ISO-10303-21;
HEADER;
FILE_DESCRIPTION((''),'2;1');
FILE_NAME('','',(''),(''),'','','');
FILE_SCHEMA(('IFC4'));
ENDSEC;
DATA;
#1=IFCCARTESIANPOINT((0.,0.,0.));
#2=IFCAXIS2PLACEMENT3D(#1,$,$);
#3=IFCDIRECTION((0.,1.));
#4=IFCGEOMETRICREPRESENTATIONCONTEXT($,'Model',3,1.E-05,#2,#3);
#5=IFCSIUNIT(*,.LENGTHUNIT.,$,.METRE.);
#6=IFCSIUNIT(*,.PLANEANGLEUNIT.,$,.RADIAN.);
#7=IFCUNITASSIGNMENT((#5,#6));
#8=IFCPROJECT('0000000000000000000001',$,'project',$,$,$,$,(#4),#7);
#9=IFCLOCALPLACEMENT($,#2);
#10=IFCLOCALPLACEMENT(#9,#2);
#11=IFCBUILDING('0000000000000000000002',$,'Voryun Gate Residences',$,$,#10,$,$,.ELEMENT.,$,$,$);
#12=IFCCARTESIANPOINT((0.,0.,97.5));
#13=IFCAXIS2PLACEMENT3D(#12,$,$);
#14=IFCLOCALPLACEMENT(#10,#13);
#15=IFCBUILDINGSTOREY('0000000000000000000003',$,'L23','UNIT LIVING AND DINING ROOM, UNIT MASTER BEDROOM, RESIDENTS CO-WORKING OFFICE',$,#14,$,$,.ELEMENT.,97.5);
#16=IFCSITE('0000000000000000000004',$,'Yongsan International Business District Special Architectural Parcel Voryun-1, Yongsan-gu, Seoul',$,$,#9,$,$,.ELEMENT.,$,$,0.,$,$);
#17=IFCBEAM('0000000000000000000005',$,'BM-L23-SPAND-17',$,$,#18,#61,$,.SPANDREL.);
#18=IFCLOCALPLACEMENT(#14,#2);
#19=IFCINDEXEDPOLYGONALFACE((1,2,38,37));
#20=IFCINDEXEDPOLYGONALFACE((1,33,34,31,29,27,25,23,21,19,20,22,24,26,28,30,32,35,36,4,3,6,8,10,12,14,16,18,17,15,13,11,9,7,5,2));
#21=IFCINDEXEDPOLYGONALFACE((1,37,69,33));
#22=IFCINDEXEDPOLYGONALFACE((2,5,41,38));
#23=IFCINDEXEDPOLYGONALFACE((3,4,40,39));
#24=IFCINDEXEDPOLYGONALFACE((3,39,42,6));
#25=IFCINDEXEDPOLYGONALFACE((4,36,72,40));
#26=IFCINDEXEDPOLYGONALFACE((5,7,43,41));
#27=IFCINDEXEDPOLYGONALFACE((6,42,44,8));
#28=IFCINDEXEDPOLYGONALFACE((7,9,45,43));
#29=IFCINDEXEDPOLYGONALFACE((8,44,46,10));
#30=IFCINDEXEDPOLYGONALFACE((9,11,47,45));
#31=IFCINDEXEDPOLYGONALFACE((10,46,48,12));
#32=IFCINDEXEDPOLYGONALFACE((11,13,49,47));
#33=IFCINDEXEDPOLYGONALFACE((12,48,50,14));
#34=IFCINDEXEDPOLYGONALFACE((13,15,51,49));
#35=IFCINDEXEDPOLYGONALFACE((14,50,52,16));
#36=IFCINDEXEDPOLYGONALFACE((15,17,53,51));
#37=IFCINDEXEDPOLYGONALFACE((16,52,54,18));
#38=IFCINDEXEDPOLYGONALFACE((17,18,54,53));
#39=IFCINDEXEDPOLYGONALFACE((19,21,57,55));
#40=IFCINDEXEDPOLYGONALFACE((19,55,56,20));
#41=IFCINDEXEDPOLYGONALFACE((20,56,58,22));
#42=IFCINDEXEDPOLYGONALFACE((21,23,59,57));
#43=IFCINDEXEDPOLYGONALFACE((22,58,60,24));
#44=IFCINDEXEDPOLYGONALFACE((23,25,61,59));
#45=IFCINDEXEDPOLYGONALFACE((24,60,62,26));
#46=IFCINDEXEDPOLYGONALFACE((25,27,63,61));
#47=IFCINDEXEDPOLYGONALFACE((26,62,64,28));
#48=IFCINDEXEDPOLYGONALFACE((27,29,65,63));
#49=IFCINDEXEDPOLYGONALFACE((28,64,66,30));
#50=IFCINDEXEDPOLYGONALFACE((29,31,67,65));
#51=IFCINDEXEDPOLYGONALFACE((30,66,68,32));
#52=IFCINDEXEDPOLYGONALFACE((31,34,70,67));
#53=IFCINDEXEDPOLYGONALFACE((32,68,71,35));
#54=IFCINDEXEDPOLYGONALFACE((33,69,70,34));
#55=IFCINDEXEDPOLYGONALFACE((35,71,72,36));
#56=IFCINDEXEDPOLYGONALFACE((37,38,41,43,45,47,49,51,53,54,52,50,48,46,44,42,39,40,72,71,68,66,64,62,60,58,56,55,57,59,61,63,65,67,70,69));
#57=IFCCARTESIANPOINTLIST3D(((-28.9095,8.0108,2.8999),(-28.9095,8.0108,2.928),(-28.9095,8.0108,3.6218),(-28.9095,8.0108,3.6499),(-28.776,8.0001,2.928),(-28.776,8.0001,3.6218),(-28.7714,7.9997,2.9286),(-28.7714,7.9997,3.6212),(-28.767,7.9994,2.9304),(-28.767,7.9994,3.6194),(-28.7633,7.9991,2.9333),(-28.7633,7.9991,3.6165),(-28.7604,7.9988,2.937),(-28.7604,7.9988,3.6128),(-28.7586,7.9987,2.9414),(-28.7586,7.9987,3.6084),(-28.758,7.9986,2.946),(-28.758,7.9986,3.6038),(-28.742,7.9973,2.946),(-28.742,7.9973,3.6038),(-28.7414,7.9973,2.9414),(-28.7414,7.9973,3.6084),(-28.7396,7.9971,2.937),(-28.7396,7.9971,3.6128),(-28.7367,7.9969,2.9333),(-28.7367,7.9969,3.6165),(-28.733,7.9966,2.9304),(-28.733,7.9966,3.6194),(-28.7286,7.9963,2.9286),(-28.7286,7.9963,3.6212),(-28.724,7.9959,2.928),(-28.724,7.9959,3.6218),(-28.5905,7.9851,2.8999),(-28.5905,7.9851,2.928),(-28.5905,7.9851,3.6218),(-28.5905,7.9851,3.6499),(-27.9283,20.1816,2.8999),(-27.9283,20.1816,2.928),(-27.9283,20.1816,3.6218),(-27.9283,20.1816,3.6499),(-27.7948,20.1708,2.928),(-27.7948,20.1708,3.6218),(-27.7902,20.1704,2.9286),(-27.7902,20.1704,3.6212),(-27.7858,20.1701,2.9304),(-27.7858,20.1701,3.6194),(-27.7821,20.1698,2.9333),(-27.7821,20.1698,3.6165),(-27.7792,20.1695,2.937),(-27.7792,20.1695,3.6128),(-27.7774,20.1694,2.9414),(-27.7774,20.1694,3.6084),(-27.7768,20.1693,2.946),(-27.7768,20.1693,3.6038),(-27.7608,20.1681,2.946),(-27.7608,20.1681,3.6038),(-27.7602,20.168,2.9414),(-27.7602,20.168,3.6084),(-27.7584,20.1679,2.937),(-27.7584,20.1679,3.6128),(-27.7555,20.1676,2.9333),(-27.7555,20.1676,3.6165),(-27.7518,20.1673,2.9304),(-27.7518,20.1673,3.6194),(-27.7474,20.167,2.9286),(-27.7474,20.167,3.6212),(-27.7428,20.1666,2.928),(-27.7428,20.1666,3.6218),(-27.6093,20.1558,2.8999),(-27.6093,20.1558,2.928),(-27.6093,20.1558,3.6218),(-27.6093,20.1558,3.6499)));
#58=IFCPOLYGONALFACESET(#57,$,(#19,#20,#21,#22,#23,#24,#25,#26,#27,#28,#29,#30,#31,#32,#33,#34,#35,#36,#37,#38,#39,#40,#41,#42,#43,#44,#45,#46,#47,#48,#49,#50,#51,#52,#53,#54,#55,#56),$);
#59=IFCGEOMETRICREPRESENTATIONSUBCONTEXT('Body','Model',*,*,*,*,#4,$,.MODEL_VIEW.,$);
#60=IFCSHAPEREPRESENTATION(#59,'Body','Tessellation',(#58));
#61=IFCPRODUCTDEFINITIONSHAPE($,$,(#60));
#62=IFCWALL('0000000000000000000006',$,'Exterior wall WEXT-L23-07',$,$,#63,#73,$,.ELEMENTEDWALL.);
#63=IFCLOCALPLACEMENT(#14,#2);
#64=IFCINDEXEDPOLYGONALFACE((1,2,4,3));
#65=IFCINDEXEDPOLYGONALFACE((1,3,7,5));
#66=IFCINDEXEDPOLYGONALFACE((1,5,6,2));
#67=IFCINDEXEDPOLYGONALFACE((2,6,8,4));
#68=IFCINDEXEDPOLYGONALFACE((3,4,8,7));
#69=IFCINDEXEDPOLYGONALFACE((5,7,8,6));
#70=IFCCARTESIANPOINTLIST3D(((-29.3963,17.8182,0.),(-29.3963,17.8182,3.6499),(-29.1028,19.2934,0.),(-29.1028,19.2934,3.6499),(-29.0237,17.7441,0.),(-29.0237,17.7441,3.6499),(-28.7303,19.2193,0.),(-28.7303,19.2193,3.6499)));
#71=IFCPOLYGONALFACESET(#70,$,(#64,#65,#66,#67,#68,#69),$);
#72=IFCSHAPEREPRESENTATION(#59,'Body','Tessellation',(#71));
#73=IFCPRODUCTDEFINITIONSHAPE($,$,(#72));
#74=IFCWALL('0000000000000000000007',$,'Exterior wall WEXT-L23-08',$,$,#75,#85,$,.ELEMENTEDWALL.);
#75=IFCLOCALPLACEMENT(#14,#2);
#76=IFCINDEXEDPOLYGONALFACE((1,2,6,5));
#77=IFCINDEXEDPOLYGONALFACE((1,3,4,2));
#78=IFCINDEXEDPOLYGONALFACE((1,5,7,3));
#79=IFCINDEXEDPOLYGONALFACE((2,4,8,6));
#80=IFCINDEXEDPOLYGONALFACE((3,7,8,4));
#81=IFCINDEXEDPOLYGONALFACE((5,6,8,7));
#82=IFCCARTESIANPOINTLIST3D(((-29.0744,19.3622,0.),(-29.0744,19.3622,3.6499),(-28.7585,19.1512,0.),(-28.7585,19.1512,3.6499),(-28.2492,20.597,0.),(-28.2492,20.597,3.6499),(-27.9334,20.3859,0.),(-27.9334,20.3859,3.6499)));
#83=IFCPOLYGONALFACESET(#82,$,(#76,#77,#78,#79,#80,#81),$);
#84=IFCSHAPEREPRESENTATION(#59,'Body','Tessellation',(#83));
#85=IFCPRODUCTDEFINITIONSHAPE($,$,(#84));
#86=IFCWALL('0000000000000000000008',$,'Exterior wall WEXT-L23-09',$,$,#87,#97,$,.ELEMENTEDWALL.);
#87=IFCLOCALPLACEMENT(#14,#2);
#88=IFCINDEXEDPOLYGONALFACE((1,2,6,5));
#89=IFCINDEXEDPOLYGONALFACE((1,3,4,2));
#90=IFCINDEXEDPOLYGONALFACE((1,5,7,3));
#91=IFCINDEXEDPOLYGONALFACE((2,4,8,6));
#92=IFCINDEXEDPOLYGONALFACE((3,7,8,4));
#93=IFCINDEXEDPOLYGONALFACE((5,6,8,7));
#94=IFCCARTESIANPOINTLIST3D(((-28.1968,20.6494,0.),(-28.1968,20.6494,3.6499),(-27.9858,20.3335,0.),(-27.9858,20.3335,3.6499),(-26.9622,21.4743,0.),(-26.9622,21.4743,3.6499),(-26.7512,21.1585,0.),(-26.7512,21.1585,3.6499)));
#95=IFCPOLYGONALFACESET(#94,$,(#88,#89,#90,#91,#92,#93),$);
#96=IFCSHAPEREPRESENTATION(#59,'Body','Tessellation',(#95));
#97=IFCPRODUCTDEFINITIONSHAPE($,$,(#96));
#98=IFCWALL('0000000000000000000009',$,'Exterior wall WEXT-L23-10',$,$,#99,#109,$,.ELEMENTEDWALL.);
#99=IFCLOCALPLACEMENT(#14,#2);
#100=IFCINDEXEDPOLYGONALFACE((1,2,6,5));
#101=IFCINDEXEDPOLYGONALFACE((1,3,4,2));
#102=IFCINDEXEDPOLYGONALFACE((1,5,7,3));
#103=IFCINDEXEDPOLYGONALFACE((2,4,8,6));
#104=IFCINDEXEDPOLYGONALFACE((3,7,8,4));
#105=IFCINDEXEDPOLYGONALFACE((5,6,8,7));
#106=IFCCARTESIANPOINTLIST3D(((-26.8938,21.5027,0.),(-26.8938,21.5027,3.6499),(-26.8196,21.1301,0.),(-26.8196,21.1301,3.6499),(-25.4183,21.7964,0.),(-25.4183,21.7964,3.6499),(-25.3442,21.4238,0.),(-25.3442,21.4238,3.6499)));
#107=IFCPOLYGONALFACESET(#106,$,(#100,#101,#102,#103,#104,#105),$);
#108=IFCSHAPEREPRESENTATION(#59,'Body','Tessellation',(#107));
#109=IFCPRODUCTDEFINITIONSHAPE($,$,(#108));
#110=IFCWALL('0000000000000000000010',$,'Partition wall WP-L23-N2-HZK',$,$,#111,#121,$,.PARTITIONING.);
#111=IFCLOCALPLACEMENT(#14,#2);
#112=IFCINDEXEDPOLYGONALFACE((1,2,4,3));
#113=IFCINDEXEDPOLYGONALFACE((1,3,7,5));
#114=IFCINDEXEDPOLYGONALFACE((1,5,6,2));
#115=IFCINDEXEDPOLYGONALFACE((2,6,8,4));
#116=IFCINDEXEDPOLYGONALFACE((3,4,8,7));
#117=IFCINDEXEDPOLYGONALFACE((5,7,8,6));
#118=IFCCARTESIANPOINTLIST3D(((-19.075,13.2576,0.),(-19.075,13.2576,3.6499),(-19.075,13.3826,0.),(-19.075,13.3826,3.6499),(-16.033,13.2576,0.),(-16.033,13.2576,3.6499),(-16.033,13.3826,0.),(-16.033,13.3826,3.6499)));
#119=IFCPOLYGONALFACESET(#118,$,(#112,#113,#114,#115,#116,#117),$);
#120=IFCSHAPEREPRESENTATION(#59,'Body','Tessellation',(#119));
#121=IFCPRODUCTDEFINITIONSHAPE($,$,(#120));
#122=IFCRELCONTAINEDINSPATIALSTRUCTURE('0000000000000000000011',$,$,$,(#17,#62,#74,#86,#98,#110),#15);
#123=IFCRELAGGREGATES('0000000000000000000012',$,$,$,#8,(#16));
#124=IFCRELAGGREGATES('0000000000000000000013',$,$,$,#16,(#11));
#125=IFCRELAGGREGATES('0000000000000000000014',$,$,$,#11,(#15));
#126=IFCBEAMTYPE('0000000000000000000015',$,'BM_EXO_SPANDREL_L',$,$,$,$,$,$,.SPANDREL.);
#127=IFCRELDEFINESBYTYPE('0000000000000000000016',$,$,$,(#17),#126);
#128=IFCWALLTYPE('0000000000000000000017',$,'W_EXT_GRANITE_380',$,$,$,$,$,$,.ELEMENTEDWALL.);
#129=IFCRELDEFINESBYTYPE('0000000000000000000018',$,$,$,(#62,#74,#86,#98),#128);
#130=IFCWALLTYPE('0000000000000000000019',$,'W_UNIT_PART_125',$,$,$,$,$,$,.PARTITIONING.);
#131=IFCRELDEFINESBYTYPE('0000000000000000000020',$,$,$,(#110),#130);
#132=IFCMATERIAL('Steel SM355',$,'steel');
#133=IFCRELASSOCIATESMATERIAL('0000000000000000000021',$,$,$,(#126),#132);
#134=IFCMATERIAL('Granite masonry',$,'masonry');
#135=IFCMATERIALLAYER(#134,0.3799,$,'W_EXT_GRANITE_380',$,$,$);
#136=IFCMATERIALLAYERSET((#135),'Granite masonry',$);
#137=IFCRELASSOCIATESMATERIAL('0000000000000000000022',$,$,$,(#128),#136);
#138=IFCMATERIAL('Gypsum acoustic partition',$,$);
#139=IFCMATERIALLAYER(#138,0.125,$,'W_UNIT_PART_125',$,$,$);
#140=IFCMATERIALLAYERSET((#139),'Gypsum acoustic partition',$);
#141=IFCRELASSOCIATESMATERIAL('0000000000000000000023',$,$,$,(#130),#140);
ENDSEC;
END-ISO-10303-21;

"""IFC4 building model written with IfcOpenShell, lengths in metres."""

from ifc_helpers import new_model, si_unit, direction, frame, frame_2d, origin, origin_2d, place, context, subcontext, project, spatial, rectangle, i_section, extrude, material, layer, layer_set, material_profile, profile_set, type_object, element, save


model = new_model("IFC4")

# Units and contexts
model_context = context("Model", 3, precision=1e-05, world=origin(), true_north=direction((0.0, 1.0)))
body_context = subcontext(model_context, "Body", "Model", "MODEL_VIEW")
ifc_project = project(units=[si_unit("LENGTHUNIT", "METRE"), si_unit("PLANEANGLEUNIT", "RADIAN")], contexts=[model_context])

# Site, building, storey
site_placement = place(None, origin())
site = spatial("IfcSite", under=ifc_project, at=site_placement, Name="Yongsan International Business District Special Architectural Parcel Voryun-1, Yongsan-gu, Seoul", CompositionType="ELEMENT", RefElevation=0.0)
building_placement = place(site_placement, origin())
building = spatial("IfcBuilding", under=site, at=building_placement, Name="Voryun Gate Residences", CompositionType="ELEMENT")
storey_placement = place(building_placement, frame((0.0, 0.0, 97.5)))
storey = spatial("IfcBuildingStorey", under=building, at=storey_placement, Name="L23", Description="UNIT LIVING AND DINING ROOM, UNIT MASTER BEDROOM, RESIDENTS CO-WORKING OFFICE", CompositionType="ELEMENT", Elevation=97.5)

# Beam
ifc_material_1 = material(Name="Steel SM355", Category="steel")
ifc_material_profile_1 = material_profile(ifc_material_1, i_section(OverallWidth=0.3201, OverallDepth=0.75, WebThickness=0.0161, FlangeThickness=0.0281, FilletRadius=0.0181, at=origin_2d()), Name="H-750x320x16x28")
ifc_profile_set_1 = profile_set([ifc_material_profile_1], Name="Steel SM355")
beam_type = type_object("IfcBeamType", Name="BM_EXO_SPANDREL_L", PredefinedType="SPANDREL", material=ifc_profile_set_1)
beam_1_placement = place(storey_placement, frame((-27.7688, 20.1687, 3.2749), z_axis=(-0.08036, -0.996766, 0.0), x_axis=(0.996766, -0.08036, 0.0)))
element("IfcBeam", 1, at=beam_1_placement, inside=storey, type_object=beam_type, Name="BM-L23-SPAND-17", PredefinedType="SPANDREL", context=body_context, shape_type="SweptSolid", body=[
    extrude(i_section(OverallWidth=0.3201, OverallDepth=0.75, WebThickness=0.0161, FlangeThickness=0.0281, FilletRadius=0.0181, at=origin_2d()), origin(), (0.0, 0.0, 1.0), 12.2102),
])

# Walls
ifc_material_2 = material(Name="Granite masonry", Category="masonry")
ifc_layer_1 = layer(ifc_material_2, 0.3799, Name="W_EXT_GRANITE_380")
ifc_layer_set_1 = layer_set([ifc_layer_1], Name="Granite masonry")
wall_type_1 = type_object("IfcWallType", Name="W_EXT_GRANITE_380", PredefinedType="ELEMENTEDWALL", material=ifc_layer_set_1)
wall_1_placement = place(storey_placement, frame((-29.21, 17.7812, 0.0), z_axis=(0.0, 0.0, 1.0), x_axis=(0.195086, 0.980786, 0.0)))
element("IfcWall", 2, at=wall_1_placement, inside=storey, type_object=wall_type_1, Name="Exterior wall WEXT-L23-07", PredefinedType="ELEMENTEDWALL", context=body_context, shape_type="SweptSolid", body=[
    extrude(rectangle(XDim=1.5042, YDim=0.3799, at=frame_2d((0.752, 0.0))), origin(), (0.0, 0.0, 1.0), 3.6499),
])
wall_2_placement = place(storey_placement, frame((-28.9165, 19.2566, 0.0), z_axis=(0.0, 0.0, 1.0), x_axis=(0.55561, 0.831443, 0.0)))
element("IfcWall", 3, at=wall_2_placement, inside=storey, type_object=wall_type_1, Name="Exterior wall WEXT-L23-08", PredefinedType="ELEMENTEDWALL", context=body_context, shape_type="SweptSolid", body=[
    extrude(rectangle(XDim=1.4851, YDim=0.3799, at=frame_2d((0.7427, 0.0))), origin(), (0.0, 0.0, 1.0), 3.6499),
])
wall_3_placement = place(storey_placement, frame((-28.0913, 20.4915, 0.0), z_axis=(0.0, 0.0, 1.0), x_axis=(0.831468, 0.555573, 0.0)))
element("IfcWall", 4, at=wall_3_placement, inside=storey, type_object=wall_type_1, Name="Exterior wall WEXT-L23-09", PredefinedType="ELEMENTEDWALL", context=body_context, shape_type="SweptSolid", body=[
    extrude(rectangle(XDim=1.4849, YDim=0.3799, at=frame_2d((0.7424, 0.0))), origin(), (0.0, 0.0, 1.0), 3.6499),
])
wall_4_placement = place(storey_placement, frame((-26.8567, 21.3164, 0.0), z_axis=(0.0, 0.0, 1.0), x_axis=(0.980755, 0.195242, 0.0)))
element("IfcWall", 5, at=wall_4_placement, inside=storey, type_object=wall_type_1, Name="Exterior wall WEXT-L23-10", PredefinedType="ELEMENTEDWALL", context=body_context, shape_type="SweptSolid", body=[
    extrude(rectangle(XDim=1.5044, YDim=0.3799, at=frame_2d((0.7522, 0.0))), origin(), (0.0, 0.0, 1.0), 3.6499),
])

# Wall
ifc_material_3 = material(Name="Gypsum acoustic partition")
ifc_layer_2 = layer(ifc_material_3, 0.125, Name="W_UNIT_PART_125")
ifc_layer_set_2 = layer_set([ifc_layer_2], Name="Gypsum acoustic partition")
wall_type_2 = type_object("IfcWallType", Name="W_UNIT_PART_125", PredefinedType="PARTITIONING", material=ifc_layer_set_2)
wall_5_placement = place(storey_placement, frame((-19.075, 13.3201, 0.0), z_axis=(0.0, 0.0, 1.0), x_axis=(1.0, 0.0, 0.0)))
element("IfcWall", 6, at=wall_5_placement, inside=storey, type_object=wall_type_2, Name="Partition wall WP-L23-N2-HZK", PredefinedType="PARTITIONING", context=body_context, shape_type="SweptSolid", body=[
    extrude(rectangle(XDim=3.042, YDim=0.125, at=frame_2d((1.521, 0.0))), origin(), (0.0, 0.0, 1.0), 3.6499),
])

save(model, "model.ifc")
